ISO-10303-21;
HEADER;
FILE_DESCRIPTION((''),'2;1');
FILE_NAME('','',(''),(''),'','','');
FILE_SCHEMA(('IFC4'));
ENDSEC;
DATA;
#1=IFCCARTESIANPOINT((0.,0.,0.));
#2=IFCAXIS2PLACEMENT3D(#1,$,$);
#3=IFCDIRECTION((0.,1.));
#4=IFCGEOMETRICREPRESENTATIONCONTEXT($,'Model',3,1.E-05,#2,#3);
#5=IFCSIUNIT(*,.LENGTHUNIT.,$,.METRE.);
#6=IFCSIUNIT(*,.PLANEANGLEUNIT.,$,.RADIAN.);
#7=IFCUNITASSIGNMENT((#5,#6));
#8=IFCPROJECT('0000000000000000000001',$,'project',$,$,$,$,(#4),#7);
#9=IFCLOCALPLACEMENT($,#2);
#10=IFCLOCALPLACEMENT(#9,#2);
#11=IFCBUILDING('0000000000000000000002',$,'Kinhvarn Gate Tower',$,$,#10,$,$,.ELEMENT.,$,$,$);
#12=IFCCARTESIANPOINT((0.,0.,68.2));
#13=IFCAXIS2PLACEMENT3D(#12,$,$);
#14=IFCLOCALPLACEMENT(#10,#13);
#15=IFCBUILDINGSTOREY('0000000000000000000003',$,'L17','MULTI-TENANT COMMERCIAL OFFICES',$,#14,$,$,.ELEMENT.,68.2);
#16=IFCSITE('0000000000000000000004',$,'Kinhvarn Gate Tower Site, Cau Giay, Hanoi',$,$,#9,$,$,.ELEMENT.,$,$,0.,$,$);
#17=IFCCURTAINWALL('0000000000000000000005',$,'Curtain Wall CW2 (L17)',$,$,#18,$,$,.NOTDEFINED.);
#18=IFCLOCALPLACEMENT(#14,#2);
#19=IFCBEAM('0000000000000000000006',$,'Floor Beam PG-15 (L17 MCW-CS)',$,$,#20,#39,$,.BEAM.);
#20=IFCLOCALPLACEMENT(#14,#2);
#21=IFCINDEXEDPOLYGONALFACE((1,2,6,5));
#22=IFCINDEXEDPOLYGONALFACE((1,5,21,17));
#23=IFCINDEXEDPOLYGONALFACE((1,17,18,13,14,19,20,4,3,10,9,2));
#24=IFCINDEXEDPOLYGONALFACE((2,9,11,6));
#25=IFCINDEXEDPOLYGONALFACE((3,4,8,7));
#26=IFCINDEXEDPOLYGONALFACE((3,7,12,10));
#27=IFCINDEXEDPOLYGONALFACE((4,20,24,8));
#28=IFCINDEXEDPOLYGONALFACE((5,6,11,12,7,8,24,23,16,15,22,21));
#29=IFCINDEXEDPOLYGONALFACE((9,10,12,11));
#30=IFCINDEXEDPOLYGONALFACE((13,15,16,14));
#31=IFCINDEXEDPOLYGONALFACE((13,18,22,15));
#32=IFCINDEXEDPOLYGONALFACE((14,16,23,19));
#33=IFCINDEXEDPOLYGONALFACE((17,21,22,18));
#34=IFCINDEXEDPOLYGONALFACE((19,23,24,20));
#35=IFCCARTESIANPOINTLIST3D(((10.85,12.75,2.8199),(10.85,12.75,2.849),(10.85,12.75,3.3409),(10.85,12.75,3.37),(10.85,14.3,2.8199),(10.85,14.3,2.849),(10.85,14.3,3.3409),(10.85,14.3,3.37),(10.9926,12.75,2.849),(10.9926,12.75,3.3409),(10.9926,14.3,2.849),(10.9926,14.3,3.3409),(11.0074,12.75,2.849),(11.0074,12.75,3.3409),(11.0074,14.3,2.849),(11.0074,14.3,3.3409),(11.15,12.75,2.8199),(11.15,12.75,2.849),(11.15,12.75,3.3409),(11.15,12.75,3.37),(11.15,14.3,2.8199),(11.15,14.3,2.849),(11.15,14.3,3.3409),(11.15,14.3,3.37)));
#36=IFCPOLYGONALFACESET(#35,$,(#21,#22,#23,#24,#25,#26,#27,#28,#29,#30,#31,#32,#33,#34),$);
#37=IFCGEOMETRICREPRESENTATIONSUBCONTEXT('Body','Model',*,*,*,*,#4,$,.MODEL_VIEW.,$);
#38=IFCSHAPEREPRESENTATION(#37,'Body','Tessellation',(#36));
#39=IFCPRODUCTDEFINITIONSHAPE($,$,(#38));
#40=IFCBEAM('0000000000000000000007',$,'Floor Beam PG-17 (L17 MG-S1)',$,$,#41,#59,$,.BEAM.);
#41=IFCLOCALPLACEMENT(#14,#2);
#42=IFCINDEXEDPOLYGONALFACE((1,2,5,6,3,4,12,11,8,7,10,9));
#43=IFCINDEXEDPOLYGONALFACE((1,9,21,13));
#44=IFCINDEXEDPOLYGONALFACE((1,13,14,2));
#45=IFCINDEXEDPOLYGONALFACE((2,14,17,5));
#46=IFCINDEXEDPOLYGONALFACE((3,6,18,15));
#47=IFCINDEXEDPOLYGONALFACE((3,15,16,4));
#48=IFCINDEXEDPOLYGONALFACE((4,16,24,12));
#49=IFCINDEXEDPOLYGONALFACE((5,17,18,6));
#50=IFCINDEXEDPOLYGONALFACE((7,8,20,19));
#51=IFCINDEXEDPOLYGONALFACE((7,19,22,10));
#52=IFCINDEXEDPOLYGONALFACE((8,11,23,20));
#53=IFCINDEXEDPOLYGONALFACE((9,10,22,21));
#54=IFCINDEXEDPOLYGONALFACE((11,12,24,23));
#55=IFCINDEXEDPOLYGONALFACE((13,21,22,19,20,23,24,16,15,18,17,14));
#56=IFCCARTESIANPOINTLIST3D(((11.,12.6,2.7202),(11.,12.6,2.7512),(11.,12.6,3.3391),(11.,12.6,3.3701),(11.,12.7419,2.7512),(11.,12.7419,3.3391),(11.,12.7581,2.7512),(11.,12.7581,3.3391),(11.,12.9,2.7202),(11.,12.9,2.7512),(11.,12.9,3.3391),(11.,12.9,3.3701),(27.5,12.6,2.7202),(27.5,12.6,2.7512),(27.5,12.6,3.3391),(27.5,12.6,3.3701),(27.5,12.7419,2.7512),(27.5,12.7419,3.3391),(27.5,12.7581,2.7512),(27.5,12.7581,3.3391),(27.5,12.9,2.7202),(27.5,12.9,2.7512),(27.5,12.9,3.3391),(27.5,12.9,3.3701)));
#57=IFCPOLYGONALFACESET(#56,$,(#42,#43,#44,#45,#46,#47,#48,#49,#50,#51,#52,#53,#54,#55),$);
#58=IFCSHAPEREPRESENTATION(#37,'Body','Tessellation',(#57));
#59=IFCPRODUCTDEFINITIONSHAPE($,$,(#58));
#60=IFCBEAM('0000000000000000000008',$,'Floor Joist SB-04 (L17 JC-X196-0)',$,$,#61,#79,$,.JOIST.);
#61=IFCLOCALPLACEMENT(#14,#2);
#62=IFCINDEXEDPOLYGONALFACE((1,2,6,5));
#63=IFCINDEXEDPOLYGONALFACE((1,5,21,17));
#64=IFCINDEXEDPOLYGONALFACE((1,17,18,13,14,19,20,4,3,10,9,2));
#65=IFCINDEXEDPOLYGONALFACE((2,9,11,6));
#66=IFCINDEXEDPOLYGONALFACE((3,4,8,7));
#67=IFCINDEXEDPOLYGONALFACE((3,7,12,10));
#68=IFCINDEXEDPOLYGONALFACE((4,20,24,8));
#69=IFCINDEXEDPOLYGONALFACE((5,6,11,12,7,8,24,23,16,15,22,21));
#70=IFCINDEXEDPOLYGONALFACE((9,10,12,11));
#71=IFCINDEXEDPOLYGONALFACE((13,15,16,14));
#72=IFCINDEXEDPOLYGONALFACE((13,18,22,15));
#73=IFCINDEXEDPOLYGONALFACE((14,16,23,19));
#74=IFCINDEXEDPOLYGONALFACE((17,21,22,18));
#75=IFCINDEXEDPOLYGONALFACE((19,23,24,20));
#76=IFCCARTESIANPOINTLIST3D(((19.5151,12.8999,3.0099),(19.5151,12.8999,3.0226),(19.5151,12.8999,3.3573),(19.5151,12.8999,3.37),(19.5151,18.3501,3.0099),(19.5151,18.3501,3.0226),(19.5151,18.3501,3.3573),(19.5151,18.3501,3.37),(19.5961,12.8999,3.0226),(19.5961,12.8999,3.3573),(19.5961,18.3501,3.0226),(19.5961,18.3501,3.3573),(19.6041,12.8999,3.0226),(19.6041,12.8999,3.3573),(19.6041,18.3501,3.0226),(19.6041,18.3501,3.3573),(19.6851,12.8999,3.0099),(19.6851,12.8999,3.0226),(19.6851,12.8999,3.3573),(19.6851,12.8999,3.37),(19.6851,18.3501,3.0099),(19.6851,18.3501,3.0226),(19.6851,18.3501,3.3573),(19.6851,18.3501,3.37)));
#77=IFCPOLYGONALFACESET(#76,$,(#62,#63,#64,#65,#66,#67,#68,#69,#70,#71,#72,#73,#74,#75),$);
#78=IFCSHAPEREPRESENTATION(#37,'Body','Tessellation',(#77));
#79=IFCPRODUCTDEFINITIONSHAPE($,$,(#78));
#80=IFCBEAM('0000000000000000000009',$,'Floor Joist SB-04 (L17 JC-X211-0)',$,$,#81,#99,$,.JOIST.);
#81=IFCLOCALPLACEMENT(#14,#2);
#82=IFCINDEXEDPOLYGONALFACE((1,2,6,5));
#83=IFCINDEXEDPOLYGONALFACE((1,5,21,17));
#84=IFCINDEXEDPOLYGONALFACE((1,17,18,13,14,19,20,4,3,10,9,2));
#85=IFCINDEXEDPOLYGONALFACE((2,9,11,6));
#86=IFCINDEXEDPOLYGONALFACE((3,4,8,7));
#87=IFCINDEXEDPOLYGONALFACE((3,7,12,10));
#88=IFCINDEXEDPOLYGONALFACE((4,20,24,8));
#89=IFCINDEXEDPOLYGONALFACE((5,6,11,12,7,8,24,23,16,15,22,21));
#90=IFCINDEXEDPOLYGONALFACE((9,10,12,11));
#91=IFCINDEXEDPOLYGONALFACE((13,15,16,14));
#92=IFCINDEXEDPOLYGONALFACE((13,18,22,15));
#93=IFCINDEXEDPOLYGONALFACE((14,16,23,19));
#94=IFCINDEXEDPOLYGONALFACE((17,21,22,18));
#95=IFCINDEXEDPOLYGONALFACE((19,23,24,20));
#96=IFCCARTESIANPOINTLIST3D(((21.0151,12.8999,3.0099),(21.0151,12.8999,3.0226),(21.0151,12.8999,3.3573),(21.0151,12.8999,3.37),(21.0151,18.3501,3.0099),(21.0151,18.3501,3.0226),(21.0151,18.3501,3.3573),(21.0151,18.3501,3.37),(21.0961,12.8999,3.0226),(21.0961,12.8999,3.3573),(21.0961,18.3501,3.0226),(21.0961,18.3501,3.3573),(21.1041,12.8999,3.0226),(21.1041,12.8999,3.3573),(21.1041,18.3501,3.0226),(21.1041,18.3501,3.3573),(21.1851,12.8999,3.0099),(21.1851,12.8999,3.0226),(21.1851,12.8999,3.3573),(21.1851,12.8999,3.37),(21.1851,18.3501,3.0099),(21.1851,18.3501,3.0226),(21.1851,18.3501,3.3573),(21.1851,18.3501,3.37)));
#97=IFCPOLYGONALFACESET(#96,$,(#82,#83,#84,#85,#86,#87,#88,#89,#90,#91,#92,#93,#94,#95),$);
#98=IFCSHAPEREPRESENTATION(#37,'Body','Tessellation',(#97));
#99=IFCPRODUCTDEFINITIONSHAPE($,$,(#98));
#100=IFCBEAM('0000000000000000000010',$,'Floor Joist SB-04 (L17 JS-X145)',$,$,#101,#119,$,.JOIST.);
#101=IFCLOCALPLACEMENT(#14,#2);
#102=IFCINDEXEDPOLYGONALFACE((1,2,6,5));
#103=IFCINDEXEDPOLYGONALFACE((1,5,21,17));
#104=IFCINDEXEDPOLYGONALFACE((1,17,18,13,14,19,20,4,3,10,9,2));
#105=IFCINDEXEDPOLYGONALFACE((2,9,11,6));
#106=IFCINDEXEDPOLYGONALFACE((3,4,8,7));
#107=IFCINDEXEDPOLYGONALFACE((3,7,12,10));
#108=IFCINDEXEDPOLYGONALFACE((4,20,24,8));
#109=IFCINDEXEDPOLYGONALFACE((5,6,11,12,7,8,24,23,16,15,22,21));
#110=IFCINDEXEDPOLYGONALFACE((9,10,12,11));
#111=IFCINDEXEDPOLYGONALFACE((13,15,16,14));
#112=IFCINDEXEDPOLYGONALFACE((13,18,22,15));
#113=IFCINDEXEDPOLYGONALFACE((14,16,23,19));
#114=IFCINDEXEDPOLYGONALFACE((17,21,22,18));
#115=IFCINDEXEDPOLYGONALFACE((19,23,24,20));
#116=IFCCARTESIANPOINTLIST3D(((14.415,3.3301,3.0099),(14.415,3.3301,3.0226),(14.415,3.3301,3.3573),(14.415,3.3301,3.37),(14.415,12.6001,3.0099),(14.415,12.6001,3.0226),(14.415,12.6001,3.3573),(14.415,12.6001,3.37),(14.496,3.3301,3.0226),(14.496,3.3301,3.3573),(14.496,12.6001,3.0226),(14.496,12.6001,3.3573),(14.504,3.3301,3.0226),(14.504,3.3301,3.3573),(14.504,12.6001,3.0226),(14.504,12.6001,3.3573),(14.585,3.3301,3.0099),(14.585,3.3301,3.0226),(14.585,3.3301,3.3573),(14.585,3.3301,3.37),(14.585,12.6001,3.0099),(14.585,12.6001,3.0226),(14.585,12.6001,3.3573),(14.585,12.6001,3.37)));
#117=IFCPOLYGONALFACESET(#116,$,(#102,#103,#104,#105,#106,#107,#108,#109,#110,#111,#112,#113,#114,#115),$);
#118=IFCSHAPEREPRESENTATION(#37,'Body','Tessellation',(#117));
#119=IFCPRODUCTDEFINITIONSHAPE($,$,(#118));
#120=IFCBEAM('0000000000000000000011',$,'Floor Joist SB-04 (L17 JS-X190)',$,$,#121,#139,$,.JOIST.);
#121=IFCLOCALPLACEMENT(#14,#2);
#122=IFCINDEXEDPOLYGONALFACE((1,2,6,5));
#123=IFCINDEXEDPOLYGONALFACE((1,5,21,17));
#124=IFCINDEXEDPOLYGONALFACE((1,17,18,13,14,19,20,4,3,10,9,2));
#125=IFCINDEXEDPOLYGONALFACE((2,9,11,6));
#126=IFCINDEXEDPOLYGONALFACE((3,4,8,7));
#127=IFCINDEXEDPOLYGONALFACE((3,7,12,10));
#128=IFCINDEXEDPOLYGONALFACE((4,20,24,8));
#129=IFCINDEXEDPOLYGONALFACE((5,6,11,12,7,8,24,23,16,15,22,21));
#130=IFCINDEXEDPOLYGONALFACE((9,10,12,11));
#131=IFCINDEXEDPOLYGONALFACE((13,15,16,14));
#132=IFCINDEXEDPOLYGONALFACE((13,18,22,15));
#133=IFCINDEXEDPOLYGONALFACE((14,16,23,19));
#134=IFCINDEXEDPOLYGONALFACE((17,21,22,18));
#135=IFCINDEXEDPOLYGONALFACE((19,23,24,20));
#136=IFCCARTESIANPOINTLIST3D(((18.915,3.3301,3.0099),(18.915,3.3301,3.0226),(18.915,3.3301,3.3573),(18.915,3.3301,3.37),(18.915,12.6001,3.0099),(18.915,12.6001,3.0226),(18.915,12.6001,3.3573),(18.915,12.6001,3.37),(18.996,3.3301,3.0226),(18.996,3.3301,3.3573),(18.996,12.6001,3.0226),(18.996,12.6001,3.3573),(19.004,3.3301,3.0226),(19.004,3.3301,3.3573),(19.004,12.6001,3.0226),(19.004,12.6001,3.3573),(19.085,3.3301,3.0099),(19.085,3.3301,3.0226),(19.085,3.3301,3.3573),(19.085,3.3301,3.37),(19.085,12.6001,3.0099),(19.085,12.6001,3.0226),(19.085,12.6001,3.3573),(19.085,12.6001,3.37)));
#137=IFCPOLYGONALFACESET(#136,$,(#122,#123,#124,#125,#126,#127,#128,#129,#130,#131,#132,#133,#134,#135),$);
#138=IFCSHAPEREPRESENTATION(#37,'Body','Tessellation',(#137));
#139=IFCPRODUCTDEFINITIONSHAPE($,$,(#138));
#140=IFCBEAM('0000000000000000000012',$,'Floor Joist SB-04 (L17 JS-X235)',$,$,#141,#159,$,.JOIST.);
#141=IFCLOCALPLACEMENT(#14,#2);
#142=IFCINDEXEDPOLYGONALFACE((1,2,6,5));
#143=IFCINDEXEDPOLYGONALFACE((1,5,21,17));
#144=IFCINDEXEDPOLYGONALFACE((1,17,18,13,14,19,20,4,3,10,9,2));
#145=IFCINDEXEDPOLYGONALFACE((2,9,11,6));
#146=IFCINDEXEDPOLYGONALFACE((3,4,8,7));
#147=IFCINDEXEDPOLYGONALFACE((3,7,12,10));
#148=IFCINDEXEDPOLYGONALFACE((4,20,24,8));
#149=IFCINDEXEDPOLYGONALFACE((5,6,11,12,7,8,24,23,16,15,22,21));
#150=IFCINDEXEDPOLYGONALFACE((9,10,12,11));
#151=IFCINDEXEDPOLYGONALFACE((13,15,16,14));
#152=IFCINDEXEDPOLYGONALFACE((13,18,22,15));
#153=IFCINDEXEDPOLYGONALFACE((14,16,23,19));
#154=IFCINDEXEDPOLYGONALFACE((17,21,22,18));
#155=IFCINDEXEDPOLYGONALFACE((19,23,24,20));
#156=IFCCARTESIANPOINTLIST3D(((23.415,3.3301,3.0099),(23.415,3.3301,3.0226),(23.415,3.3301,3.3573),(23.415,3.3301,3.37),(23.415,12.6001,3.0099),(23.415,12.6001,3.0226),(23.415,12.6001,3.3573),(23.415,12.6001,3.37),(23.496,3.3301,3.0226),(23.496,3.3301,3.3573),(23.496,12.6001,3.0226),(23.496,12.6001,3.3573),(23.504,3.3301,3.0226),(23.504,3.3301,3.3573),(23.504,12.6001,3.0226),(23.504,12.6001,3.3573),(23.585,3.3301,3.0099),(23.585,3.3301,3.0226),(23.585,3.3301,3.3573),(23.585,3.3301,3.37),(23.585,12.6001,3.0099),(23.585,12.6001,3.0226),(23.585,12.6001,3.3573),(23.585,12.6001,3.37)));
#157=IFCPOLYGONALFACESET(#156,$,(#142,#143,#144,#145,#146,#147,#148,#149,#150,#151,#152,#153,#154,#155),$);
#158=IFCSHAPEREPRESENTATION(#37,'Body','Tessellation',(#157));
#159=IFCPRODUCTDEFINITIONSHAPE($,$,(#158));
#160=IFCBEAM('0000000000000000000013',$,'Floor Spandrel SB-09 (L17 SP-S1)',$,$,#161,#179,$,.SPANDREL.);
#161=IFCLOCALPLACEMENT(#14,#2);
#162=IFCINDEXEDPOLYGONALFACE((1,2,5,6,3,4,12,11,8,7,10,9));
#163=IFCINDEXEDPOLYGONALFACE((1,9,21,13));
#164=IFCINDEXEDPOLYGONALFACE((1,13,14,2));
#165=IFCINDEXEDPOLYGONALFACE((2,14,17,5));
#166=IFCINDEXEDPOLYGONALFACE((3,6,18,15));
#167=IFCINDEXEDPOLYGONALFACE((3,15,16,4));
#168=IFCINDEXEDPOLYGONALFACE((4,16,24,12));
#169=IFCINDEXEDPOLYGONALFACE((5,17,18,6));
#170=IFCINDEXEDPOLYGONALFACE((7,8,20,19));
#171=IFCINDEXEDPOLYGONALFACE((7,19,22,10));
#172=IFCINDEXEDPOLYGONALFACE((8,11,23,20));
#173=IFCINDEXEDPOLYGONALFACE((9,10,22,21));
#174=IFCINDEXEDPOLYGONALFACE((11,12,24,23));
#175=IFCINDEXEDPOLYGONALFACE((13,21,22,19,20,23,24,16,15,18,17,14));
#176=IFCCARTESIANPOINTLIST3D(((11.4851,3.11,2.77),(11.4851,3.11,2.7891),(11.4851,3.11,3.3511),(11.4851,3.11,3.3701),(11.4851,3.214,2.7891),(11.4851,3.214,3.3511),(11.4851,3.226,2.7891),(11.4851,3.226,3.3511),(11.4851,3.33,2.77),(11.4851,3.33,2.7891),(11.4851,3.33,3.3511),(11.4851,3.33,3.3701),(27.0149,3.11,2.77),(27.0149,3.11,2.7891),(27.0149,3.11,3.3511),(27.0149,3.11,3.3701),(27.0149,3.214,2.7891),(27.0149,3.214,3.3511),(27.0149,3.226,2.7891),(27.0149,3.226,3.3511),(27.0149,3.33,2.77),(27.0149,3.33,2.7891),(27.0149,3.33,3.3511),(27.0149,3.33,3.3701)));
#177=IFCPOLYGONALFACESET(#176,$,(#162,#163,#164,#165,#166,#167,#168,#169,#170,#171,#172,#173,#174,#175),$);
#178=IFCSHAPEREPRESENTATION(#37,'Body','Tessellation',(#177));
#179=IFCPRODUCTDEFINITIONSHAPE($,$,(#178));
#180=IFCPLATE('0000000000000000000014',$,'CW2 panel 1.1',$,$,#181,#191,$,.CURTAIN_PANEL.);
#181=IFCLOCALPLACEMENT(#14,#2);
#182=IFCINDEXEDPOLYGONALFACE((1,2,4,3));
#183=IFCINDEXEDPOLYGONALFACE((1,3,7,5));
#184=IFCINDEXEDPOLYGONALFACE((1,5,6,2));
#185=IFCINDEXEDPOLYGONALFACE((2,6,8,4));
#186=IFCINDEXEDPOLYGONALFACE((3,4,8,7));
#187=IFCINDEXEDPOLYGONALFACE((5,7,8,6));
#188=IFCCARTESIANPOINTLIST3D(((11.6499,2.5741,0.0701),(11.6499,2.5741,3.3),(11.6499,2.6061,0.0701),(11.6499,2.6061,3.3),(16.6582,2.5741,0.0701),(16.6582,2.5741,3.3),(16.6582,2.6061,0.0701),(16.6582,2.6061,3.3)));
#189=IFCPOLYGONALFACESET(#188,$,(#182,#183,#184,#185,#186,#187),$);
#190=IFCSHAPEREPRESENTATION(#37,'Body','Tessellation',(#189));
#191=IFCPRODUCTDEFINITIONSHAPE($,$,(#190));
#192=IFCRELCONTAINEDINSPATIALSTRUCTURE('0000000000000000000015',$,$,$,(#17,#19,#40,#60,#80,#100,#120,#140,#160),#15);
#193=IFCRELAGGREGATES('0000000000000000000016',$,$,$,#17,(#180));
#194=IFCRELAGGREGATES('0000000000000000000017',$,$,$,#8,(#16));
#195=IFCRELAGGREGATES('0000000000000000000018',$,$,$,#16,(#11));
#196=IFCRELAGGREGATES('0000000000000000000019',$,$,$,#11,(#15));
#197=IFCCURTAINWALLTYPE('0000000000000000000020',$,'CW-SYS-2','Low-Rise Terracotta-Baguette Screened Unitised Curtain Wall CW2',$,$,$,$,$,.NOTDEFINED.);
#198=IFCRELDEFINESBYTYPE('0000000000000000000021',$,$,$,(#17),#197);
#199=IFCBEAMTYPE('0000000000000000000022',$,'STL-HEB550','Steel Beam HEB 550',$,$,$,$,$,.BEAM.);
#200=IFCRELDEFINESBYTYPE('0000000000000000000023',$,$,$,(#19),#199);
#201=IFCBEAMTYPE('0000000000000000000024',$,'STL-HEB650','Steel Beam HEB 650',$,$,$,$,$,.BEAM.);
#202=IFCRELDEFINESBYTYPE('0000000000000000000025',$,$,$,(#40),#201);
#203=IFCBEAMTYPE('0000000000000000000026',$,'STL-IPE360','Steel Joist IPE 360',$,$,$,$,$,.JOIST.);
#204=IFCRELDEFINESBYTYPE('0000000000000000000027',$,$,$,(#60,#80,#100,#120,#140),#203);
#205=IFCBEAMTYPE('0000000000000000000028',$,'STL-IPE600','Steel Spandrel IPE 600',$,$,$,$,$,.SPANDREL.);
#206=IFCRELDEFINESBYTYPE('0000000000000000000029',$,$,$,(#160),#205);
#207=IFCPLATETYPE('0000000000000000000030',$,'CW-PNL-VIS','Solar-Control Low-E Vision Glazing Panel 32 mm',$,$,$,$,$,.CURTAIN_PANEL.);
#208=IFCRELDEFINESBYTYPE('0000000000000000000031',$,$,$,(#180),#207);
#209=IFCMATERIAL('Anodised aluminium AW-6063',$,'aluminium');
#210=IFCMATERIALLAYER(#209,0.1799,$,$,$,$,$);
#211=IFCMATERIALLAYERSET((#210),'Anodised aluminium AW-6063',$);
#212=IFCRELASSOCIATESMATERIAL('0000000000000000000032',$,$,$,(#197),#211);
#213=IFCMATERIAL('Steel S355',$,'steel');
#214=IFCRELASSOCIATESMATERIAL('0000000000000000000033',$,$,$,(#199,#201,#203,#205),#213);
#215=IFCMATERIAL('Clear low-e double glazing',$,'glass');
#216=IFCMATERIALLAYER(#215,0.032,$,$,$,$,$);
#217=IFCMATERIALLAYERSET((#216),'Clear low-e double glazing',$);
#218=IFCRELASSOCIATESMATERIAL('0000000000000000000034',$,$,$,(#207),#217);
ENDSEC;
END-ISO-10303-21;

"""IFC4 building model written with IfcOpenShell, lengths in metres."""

from ifc_helpers import new_model, si_unit, direction, frame, origin, origin_2d, place, context, subcontext, project, spatial, rectangle, i_section, extrude, material, layer, layer_set, material_profile, profile_set, type_object, element, aggregate, save


model = new_model("IFC4")

# Units and contexts
model_context = context("Model", 3, precision=1e-05, world=origin(), true_north=direction((0.0, 1.0)))
body_context = subcontext(model_context, "Body", "Model", "MODEL_VIEW")
ifc_project = project(units=[si_unit("LENGTHUNIT", "METRE"), si_unit("PLANEANGLEUNIT", "RADIAN")], contexts=[model_context])

# Site, building, storey
site_placement = place(None, origin())
site = spatial("IfcSite", under=ifc_project, at=site_placement, Name="Kinhvarn Gate Tower Site, Cau Giay, Hanoi", CompositionType="ELEMENT", RefElevation=0.0)
building_placement = place(site_placement, origin())
building = spatial("IfcBuilding", under=site, at=building_placement, Name="Kinhvarn Gate Tower", CompositionType="ELEMENT")
storey_placement = place(building_placement, frame((0.0, 0.0, 68.2)))
storey = spatial("IfcBuildingStorey", under=building, at=storey_placement, Name="L17", Description="MULTI-TENANT COMMERCIAL OFFICES", CompositionType="ELEMENT", Elevation=68.2)

# Shared definitions
ifc_material_1 = material(Name="Anodised aluminium AW-6063", Category="aluminium")
ifc_layer_1 = layer(ifc_material_1, 0.1799)
ifc_layer_set_1 = layer_set([ifc_layer_1], Name="Anodised aluminium AW-6063")
curtain_wall_type = type_object("IfcCurtainWallType", Name="CW-SYS-2", Description="Low-Rise Terracotta-Baguette Screened Unitised Curtain Wall CW2", PredefinedType="NOTDEFINED", material=ifc_layer_set_1)

# Curtain wall
curtain_wall_1_placement = place(storey_placement, origin())
curtain_wall_1 = element("IfcCurtainWall", 1, at=curtain_wall_1_placement, inside=storey, type_object=curtain_wall_type, Name="Curtain Wall CW2 (L17)", PredefinedType="NOTDEFINED")

# Beams
ifc_material_2 = material(Name="Steel S355", Category="steel")
ifc_material_profile_1 = material_profile(ifc_material_2, i_section(OverallWidth=0.3, OverallDepth=0.55, WebThickness=0.0149, FlangeThickness=0.0291, at=origin_2d()), Name="HEB 550")
ifc_profile_set_1 = profile_set([ifc_material_profile_1], Name="Steel S355")
beam_type_1 = type_object("IfcBeamType", Name="STL-HEB550", Description="Steel Beam HEB 550", PredefinedType="BEAM", material=ifc_profile_set_1)
beam_1_placement = place(storey_placement, frame((11.0, 12.75, 3.095), z_axis=(0.0, 1.0, 0.0), x_axis=(-1.0, 0.0, 0.0)))
element("IfcBeam", 2, at=beam_1_placement, inside=storey, type_object=beam_type_1, Name="Floor Beam PG-15 (L17 MCW-CS)", PredefinedType="BEAM", context=body_context, shape_type="SweptSolid", body=[
    extrude(i_section(OverallWidth=0.3, OverallDepth=0.55, WebThickness=0.0149, FlangeThickness=0.0291, at=origin_2d()), origin(), (0.0, 0.0, 1.0), 1.55),
])
ifc_material_profile_2 = material_profile(ifc_material_2, i_section(OverallWidth=0.3, OverallDepth=0.6499, WebThickness=0.0161, FlangeThickness=0.031, at=origin_2d()), Name="HEB 650")
ifc_profile_set_2 = profile_set([ifc_material_profile_2], Name="Steel S355")
beam_type_2 = type_object("IfcBeamType", Name="STL-HEB650", Description="Steel Beam HEB 650", PredefinedType="BEAM", material=ifc_profile_set_2)
beam_2_placement = place(storey_placement, frame((11.0, 12.75, 3.0452), z_axis=(1.0, 0.0, 0.0), x_axis=(0.0, 1.0, 0.0)))
element("IfcBeam", 3, at=beam_2_placement, inside=storey, type_object=beam_type_2, Name="Floor Beam PG-17 (L17 MG-S1)", PredefinedType="BEAM", context=body_context, shape_type="SweptSolid", body=[
    extrude(i_section(OverallWidth=0.3, OverallDepth=0.6499, WebThickness=0.0161, FlangeThickness=0.031, at=origin_2d()), origin(), (0.0, 0.0, 1.0), 16.5),
])
ifc_material_profile_3 = material_profile(ifc_material_2, i_section(OverallWidth=0.1699, OverallDepth=0.3601, WebThickness=0.0081, FlangeThickness=0.0127, at=origin_2d()), Name="IPE 360")
ifc_profile_set_3 = profile_set([ifc_material_profile_3], Name="Steel S355")
beam_type_3 = type_object("IfcBeamType", Name="STL-IPE360", Description="Steel Joist IPE 360", PredefinedType="JOIST", material=ifc_profile_set_3)
for number, where, z_axis, x_axis, name in (
    (4, (19.6001, 12.8999, 3.1899), (0.0, 1.0, 0.0), (-1.0, 0.0, 0.0), "Floor Joist SB-04 (L17 JC-X196-0)"),
    (5, (21.1001, 12.8999, 3.1899), (0.0, 1.0, 0.0), (-1.0, 0.0, 0.0), "Floor Joist SB-04 (L17 JC-X211-0)"),
):
    element("IfcBeam", number, at=place(storey_placement, frame(where, z_axis=z_axis, x_axis=x_axis)), inside=storey, type_object=beam_type_3, Name=name, PredefinedType="JOIST", context=body_context, shape_type="SweptSolid", body=[
        extrude(i_section(OverallWidth=0.1699, OverallDepth=0.3601, WebThickness=0.0081, FlangeThickness=0.0127, at=origin_2d()), origin(), (0.0, 0.0, 1.0), 5.4502),
    ])
for number, where, z_axis, x_axis, name in (
    (6, (14.5, 3.3301, 3.1899), (0.0, 1.0, 0.0), (-1.0, 0.0, 0.0), "Floor Joist SB-04 (L17 JS-X145)"),
    (7, (19.0, 3.3301, 3.1899), (0.0, 1.0, 0.0), (-1.0, 0.0, 0.0), "Floor Joist SB-04 (L17 JS-X190)"),
    (8, (23.5, 3.3301, 3.1899), (0.0, 1.0, 0.0), (-1.0, 0.0, 0.0), "Floor Joist SB-04 (L17 JS-X235)"),
):
    element("IfcBeam", number, at=place(storey_placement, frame(where, z_axis=z_axis, x_axis=x_axis)), inside=storey, type_object=beam_type_3, Name=name, PredefinedType="JOIST", context=body_context, shape_type="SweptSolid", body=[
        extrude(i_section(OverallWidth=0.1699, OverallDepth=0.3601, WebThickness=0.0081, FlangeThickness=0.0127, at=origin_2d()), origin(), (0.0, 0.0, 1.0), 9.27),
    ])
ifc_material_profile_4 = material_profile(ifc_material_2, i_section(OverallWidth=0.22, OverallDepth=0.6001, WebThickness=0.012, FlangeThickness=0.019, at=origin_2d()), Name="IPE 600")
ifc_profile_set_4 = profile_set([ifc_material_profile_4], Name="Steel S355")
beam_type_4 = type_object("IfcBeamType", Name="STL-IPE600", Description="Steel Spandrel IPE 600", PredefinedType="SPANDREL", material=ifc_profile_set_4)
beam_3_placement = place(storey_placement, frame((11.4851, 3.22, 3.0701), z_axis=(1.0, 0.0, 0.0), x_axis=(0.0, 1.0, 0.0)))
element("IfcBeam", 9, at=beam_3_placement, inside=storey, type_object=beam_type_4, Name="Floor Spandrel SB-09 (L17 SP-S1)", PredefinedType="SPANDREL", context=body_context, shape_type="SweptSolid", body=[
    extrude(i_section(OverallWidth=0.22, OverallDepth=0.6001, WebThickness=0.012, FlangeThickness=0.019, at=origin_2d()), origin(), (0.0, 0.0, 1.0), 15.5298),
])

# Plate
ifc_material_3 = material(Name="Clear low-e double glazing", Category="glass")
ifc_layer_2 = layer(ifc_material_3, 0.032)
ifc_layer_set_2 = layer_set([ifc_layer_2], Name="Clear low-e double glazing")
plate_type = type_object("IfcPlateType", Name="CW-PNL-VIS", Description="Solar-Control Low-E Vision Glazing Panel 32 mm", PredefinedType="CURTAIN_PANEL", material=ifc_layer_set_2)
plate_1_placement = place(storey_placement, frame((14.1541, 2.5901, 0.0701), z_axis=(0.0, 0.0, 1.0), x_axis=(1.0, 0.0, 0.0)))
plate_1 = element("IfcPlate", 10, at=plate_1_placement, type_object=plate_type, Name="CW2 panel 1.1", PredefinedType="CURTAIN_PANEL", context=body_context, shape_type="SweptSolid", body=[
    extrude(rectangle(XDim=5.0083, YDim=0.032, at=origin_2d()), origin(), (0.0, 0.0, 1.0), 3.23),
])
aggregate(curtain_wall_1, [plate_1])

save(model, "model.ifc")
